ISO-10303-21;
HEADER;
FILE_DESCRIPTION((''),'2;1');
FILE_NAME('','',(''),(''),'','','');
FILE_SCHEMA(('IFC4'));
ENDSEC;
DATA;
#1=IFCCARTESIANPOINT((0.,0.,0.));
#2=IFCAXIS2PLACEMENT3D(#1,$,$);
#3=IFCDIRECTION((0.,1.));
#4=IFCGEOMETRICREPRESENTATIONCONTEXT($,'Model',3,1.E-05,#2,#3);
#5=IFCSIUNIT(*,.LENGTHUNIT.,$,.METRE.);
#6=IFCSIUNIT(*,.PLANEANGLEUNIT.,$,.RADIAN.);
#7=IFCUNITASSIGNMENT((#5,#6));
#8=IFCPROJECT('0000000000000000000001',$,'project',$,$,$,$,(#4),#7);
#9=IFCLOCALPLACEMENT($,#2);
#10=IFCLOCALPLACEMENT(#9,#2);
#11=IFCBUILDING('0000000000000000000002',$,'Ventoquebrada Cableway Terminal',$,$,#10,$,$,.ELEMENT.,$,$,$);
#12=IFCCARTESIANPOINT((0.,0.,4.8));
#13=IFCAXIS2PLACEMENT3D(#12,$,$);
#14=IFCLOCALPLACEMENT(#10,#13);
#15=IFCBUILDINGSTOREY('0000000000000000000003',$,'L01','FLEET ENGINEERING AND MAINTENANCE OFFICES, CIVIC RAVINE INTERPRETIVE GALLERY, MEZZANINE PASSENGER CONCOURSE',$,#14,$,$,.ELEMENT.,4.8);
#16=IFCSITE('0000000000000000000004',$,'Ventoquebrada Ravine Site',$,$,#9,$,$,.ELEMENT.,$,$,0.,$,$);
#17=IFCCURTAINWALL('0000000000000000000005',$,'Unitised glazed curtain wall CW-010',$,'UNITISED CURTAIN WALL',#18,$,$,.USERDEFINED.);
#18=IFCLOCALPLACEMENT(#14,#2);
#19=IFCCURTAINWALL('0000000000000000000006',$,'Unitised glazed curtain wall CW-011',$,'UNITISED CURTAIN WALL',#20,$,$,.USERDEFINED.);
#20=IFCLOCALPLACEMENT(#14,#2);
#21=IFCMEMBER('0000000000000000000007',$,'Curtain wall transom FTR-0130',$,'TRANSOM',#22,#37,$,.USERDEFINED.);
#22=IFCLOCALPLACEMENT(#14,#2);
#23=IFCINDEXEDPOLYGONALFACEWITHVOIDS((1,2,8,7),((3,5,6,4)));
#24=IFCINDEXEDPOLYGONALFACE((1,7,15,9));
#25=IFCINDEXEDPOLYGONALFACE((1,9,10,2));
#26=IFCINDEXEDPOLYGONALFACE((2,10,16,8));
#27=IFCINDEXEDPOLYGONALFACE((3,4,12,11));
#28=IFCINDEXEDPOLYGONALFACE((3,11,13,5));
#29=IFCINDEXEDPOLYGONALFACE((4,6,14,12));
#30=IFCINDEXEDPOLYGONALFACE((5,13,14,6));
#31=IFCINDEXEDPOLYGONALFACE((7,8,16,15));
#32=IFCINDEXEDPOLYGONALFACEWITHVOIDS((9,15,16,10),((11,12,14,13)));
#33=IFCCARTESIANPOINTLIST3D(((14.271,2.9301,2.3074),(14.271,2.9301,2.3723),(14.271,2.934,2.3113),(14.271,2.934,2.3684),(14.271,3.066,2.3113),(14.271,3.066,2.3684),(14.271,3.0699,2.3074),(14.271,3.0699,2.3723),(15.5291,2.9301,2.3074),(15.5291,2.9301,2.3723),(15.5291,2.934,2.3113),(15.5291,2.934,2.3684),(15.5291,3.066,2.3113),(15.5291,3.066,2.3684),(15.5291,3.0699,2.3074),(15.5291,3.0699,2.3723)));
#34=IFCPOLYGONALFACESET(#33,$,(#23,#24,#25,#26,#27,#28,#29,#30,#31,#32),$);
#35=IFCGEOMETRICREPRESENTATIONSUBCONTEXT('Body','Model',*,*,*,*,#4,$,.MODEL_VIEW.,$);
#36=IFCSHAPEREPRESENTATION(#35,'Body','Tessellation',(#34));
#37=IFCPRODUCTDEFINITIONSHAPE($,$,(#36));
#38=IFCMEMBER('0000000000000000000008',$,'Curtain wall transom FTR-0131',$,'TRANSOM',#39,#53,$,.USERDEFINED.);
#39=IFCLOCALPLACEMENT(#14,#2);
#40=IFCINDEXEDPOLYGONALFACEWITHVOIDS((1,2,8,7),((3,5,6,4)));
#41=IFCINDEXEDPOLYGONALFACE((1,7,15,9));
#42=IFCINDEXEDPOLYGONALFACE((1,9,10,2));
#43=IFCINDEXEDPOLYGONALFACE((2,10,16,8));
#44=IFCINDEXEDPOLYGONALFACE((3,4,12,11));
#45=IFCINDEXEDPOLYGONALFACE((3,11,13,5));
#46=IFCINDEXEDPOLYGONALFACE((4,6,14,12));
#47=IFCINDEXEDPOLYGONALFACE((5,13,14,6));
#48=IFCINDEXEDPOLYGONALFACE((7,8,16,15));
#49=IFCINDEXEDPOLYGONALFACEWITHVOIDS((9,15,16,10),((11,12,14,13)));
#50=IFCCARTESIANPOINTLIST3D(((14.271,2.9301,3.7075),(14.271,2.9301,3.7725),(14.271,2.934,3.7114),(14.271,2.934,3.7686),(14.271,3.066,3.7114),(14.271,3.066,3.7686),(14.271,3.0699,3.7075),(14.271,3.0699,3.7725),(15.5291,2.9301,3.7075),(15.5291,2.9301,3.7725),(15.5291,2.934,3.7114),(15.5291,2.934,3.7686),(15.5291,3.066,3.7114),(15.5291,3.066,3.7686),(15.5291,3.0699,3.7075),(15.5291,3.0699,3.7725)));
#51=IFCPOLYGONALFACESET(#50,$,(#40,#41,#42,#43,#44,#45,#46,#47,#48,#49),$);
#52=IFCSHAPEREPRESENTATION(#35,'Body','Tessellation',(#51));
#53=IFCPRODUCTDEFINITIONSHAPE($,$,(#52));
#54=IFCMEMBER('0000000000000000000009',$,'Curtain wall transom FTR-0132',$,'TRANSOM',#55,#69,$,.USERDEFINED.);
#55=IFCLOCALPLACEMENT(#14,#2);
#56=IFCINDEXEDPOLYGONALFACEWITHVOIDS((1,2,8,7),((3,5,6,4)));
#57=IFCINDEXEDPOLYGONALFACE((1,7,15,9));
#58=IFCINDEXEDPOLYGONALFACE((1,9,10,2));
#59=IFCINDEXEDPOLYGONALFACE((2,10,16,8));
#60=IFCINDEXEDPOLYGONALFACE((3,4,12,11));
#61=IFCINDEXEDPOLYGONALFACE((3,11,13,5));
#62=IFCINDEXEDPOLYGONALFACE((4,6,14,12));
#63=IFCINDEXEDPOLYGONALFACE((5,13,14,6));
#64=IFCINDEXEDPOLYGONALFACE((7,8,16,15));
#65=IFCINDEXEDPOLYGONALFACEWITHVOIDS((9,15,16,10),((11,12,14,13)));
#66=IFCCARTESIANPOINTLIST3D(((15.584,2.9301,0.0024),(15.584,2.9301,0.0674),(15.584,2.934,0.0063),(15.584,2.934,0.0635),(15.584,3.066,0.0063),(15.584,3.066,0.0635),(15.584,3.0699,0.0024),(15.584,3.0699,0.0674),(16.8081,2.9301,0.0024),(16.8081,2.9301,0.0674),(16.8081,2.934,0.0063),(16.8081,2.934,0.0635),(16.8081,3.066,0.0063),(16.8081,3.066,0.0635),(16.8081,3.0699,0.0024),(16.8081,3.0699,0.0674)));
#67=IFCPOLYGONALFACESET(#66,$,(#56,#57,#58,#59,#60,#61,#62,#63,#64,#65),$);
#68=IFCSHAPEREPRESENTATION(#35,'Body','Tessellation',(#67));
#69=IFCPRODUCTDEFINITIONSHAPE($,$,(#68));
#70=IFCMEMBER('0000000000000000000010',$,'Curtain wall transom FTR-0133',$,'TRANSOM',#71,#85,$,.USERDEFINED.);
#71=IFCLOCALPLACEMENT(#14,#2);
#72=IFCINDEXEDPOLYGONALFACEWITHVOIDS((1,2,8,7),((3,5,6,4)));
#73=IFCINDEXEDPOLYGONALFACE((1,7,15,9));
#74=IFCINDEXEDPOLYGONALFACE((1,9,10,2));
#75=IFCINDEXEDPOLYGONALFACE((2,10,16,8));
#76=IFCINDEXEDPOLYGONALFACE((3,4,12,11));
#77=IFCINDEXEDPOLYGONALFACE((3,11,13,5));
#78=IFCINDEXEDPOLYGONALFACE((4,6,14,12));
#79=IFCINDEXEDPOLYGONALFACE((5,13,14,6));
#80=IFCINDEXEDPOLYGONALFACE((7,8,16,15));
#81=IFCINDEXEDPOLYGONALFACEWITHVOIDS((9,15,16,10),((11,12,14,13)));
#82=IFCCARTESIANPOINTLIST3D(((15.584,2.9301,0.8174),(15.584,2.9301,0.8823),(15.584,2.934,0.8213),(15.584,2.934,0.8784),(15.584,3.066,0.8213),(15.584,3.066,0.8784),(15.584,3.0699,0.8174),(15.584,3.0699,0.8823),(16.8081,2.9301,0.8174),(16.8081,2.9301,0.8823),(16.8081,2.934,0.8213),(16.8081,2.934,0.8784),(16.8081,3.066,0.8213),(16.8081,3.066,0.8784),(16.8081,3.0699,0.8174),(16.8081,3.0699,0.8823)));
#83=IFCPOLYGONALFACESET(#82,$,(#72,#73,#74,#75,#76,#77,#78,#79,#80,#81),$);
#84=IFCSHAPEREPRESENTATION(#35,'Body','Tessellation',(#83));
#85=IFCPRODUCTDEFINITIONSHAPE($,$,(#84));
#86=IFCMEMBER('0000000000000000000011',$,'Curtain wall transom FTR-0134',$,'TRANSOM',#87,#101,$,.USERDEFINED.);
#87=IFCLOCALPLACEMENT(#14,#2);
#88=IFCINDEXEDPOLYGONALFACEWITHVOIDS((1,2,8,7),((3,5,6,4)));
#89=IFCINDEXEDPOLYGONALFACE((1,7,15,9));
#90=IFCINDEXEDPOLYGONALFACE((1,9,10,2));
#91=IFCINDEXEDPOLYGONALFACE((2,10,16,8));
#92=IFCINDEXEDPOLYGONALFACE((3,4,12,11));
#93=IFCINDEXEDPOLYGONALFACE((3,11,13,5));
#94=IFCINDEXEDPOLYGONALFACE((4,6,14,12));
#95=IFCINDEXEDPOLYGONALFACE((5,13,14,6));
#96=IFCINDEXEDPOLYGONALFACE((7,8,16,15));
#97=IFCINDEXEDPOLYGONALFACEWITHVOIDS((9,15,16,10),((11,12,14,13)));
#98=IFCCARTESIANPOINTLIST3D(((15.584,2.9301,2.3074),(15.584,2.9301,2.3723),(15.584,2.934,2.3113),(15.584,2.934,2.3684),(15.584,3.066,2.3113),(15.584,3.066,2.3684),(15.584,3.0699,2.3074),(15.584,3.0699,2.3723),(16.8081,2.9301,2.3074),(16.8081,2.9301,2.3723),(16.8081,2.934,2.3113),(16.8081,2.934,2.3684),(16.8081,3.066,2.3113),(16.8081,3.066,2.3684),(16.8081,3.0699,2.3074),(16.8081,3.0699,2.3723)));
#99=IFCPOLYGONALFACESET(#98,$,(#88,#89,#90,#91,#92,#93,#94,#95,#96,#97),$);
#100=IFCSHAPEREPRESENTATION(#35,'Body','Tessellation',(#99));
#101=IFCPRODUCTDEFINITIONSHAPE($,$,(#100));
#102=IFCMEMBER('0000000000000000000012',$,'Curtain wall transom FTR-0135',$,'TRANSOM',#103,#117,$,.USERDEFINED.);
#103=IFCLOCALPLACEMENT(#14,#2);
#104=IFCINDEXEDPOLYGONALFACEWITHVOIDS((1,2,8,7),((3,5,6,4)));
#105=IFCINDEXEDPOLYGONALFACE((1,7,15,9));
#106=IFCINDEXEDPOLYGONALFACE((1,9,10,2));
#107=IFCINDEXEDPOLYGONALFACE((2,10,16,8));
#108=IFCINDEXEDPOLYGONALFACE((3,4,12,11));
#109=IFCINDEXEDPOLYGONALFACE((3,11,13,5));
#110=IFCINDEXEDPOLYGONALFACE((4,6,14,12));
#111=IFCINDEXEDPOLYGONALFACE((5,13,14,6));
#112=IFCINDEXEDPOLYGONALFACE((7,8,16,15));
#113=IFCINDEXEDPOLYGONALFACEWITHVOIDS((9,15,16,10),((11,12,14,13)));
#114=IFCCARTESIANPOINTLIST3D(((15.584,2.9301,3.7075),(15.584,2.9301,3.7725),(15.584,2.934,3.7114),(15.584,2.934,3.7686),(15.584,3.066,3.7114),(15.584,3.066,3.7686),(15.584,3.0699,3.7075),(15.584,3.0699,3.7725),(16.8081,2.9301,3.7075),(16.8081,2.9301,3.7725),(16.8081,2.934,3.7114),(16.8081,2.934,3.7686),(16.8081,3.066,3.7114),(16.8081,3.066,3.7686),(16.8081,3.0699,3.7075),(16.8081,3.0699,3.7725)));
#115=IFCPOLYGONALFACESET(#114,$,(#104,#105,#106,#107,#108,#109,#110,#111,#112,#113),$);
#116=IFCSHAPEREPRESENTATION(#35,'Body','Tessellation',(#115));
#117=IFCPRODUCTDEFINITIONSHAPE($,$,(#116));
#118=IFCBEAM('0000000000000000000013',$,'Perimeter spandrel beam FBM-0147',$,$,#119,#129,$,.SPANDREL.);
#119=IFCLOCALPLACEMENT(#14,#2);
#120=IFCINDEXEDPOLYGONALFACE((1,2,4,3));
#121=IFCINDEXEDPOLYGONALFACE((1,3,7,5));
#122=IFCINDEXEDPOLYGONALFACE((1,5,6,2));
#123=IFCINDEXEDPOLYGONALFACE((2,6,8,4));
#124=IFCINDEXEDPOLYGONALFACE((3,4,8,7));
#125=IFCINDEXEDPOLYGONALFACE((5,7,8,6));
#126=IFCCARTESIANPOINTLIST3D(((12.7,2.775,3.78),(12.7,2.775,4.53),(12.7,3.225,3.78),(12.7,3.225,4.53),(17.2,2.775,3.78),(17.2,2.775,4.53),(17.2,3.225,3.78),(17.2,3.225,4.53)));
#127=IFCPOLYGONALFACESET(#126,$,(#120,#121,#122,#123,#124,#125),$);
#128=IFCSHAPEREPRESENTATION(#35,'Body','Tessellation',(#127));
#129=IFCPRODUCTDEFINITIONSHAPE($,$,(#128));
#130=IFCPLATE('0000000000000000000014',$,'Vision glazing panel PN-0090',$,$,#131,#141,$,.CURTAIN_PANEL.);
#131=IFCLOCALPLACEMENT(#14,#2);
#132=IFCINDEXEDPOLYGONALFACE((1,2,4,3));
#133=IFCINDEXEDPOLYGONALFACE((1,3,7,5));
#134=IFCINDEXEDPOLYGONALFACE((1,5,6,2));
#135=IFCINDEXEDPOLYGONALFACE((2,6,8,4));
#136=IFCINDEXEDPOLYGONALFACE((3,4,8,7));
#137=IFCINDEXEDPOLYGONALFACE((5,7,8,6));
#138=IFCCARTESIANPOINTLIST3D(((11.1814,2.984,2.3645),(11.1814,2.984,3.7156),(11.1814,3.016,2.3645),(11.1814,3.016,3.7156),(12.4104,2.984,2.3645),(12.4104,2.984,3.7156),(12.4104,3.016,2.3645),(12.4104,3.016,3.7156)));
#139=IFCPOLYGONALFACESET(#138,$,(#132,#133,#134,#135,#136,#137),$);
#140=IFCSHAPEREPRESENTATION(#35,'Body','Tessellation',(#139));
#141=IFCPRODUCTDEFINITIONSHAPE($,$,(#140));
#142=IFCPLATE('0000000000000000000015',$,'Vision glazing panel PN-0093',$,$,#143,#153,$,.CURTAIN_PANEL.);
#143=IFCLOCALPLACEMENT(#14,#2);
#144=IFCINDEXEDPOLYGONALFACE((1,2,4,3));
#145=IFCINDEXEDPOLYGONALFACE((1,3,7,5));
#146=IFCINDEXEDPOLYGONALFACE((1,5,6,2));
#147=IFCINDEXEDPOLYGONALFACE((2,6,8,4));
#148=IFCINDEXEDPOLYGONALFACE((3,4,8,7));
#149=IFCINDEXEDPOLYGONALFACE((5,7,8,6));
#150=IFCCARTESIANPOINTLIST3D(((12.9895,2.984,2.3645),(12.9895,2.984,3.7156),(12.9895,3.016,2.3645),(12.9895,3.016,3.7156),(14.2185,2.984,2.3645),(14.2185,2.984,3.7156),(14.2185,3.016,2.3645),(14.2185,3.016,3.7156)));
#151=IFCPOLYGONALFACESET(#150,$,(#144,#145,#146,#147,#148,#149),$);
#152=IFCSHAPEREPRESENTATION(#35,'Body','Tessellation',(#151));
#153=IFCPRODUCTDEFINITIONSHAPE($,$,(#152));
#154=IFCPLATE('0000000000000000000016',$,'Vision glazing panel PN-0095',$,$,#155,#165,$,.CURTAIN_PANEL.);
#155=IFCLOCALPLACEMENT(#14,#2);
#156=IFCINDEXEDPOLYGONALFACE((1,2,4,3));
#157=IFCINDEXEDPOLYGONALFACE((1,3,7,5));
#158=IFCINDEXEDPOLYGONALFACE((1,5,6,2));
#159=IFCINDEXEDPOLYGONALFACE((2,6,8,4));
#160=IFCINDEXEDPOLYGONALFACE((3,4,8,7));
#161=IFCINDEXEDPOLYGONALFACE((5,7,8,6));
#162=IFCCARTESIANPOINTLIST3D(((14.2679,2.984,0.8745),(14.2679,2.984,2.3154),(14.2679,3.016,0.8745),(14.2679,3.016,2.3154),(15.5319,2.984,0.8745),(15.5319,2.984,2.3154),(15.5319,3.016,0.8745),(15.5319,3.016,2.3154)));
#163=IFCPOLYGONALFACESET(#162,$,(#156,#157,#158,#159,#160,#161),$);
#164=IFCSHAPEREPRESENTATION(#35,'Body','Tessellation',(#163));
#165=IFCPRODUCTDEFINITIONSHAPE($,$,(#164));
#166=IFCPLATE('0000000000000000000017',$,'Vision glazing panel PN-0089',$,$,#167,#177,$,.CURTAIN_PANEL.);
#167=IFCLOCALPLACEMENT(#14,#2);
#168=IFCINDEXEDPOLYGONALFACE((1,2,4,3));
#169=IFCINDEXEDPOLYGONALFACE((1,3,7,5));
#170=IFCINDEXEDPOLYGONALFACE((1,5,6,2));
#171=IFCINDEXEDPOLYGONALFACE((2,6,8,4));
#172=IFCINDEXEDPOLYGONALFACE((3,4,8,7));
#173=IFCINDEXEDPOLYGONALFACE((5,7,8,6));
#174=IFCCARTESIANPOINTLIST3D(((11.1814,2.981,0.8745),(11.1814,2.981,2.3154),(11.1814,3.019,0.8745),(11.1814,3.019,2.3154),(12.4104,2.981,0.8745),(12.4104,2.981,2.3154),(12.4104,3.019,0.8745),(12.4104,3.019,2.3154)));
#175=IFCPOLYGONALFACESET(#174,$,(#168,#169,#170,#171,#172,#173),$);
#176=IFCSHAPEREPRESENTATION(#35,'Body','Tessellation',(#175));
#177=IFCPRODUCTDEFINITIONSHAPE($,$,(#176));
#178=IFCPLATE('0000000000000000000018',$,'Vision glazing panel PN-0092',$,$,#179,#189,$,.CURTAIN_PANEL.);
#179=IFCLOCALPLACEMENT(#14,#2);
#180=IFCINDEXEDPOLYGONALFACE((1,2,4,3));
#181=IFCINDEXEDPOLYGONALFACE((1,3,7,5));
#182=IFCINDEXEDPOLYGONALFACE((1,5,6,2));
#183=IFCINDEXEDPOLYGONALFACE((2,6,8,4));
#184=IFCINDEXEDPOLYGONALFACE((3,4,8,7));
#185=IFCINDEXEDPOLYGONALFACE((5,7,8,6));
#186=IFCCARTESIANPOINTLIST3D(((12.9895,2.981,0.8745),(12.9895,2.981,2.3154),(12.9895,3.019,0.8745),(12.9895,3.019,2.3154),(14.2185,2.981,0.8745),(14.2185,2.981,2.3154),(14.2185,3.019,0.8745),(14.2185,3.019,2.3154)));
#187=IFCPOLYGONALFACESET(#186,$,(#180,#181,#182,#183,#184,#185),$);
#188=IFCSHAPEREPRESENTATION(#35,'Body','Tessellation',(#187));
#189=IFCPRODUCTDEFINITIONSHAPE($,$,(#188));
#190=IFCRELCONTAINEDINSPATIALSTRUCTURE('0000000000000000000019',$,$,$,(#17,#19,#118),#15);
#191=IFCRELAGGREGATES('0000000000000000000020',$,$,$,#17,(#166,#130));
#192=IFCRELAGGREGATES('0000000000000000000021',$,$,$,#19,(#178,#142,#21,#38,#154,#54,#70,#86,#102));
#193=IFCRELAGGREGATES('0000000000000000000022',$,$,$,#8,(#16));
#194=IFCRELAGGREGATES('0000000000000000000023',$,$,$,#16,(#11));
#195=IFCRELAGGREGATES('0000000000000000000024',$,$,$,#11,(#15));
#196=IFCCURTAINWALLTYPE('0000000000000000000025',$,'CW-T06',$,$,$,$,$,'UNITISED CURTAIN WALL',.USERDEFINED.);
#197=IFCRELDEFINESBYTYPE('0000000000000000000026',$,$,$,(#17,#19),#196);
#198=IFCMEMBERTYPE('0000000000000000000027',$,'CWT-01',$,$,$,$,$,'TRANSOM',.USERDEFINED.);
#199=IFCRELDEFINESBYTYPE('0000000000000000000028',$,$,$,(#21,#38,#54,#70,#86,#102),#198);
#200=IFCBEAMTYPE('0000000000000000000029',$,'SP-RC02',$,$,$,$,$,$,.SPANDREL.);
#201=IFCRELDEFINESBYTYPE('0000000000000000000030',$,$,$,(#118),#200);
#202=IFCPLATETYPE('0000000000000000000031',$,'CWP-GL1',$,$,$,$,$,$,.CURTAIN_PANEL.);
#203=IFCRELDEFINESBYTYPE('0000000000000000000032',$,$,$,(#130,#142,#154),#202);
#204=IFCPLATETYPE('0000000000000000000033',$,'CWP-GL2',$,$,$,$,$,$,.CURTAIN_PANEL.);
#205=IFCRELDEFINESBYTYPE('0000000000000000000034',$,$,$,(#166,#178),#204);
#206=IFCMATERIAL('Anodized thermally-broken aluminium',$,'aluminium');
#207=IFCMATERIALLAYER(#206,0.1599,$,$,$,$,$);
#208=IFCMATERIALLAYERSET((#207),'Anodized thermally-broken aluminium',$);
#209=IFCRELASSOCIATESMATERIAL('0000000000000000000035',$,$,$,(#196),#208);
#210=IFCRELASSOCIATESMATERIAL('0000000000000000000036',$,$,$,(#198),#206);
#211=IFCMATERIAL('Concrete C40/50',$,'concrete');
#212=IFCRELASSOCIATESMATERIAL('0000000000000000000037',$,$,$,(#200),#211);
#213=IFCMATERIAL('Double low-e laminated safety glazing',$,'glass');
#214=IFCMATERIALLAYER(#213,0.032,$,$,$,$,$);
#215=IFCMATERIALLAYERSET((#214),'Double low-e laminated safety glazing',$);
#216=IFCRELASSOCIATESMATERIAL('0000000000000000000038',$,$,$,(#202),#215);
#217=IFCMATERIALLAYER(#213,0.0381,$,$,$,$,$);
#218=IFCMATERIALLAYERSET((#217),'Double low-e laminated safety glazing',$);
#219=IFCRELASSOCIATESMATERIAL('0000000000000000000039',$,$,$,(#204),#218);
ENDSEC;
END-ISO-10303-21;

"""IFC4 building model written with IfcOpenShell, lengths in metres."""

from ifc_helpers import new_model, si_unit, direction, frame, origin, origin_2d, place, context, subcontext, project, spatial, rectangle, hollow_rectangle, extrude, material, layer, layer_set, material_profile, profile_set, type_object, element, aggregate, save


model = new_model("IFC4")

# Units and contexts
model_context = context("Model", 3, precision=1e-05, world=origin(), true_north=direction((0.0, 1.0)))
body_context = subcontext(model_context, "Body", "Model", "MODEL_VIEW")
ifc_project = project(units=[si_unit("LENGTHUNIT", "METRE"), si_unit("PLANEANGLEUNIT", "RADIAN")], contexts=[model_context])

# Site, building, storey
site_placement = place(None, origin())
site = spatial("IfcSite", under=ifc_project, at=site_placement, Name="Ventoquebrada Ravine Site", CompositionType="ELEMENT", RefElevation=0.0)
building_placement = place(site_placement, origin())
building = spatial("IfcBuilding", under=site, at=building_placement, Name="Ventoquebrada Cableway Terminal", CompositionType="ELEMENT")
storey_placement = place(building_placement, frame((0.0, 0.0, 4.8)))
storey = spatial("IfcBuildingStorey", under=building, at=storey_placement, Name="L01", Description="FLEET ENGINEERING AND MAINTENANCE OFFICES, CIVIC RAVINE INTERPRETIVE GALLERY, MEZZANINE PASSENGER CONCOURSE", CompositionType="ELEMENT", Elevation=4.8)

# Shared definitions
ifc_material_1 = material(Name="Concrete C40/50", Category="concrete")

# Curtain wall
ifc_material_2 = material(Name="Anodized thermally-broken aluminium", Category="aluminium")
ifc_layer_1 = layer(ifc_material_2, 0.1599)
ifc_layer_set_1 = layer_set([ifc_layer_1], Name="Anodized thermally-broken aluminium")
curtain_wall_type = type_object("IfcCurtainWallType", Name="CW-T06", ElementType="UNITISED CURTAIN WALL", PredefinedType="USERDEFINED", material=ifc_layer_set_1)
curtain_wall_1_placement = place(storey_placement, origin())
curtain_wall_1 = element("IfcCurtainWall", 1, at=curtain_wall_1_placement, inside=storey, type_object=curtain_wall_type, Name="Unitised glazed curtain wall CW-010", ObjectType="UNITISED CURTAIN WALL", PredefinedType="USERDEFINED")

# Curtain wall, members
curtain_wall_2_placement = place(storey_placement, origin())
curtain_wall_2 = element("IfcCurtainWall", 2, at=curtain_wall_2_placement, inside=storey, type_object=curtain_wall_type, Name="Unitised glazed curtain wall CW-011", ObjectType="UNITISED CURTAIN WALL", PredefinedType="USERDEFINED")
ifc_material_profile_1 = material_profile(ifc_material_2, hollow_rectangle(XDim=0.0649, YDim=0.1399, WallThickness=0.0039, at=origin_2d()), Name="CW-TRN-65X140")
ifc_profile_set_1 = profile_set([ifc_material_profile_1], Name="Anodized thermally-broken aluminium")
member_type_1 = type_object("IfcMemberType", Name="CWT-01", ElementType="TRANSOM", PredefinedType="USERDEFINED", material=ifc_profile_set_1)
member_1_placement = place(storey_placement, frame((14.271, 3.0, 2.3398), z_axis=(1.0, 0.0, 0.0), x_axis=(0.0, 0.0, 1.0)))
member_1 = element("IfcMember", 3, at=member_1_placement, type_object=member_type_1, Name="Curtain wall transom FTR-0130", ObjectType="TRANSOM", PredefinedType="USERDEFINED", context=body_context, shape_type="SweptSolid", body=[
    extrude(hollow_rectangle(XDim=0.0649, YDim=0.1399, WallThickness=0.0039, at=origin_2d()), origin(), (0.0, 0.0, 1.0), 1.2581),
])
member_2_placement = place(storey_placement, frame((14.271, 3.0, 3.74), z_axis=(1.0, 0.0, 0.0), x_axis=(0.0, 0.0, 1.0)))
member_2 = element("IfcMember", 4, at=member_2_placement, type_object=member_type_1, Name="Curtain wall transom FTR-0131", ObjectType="TRANSOM", PredefinedType="USERDEFINED", context=body_context, shape_type="SweptSolid", body=[
    extrude(hollow_rectangle(XDim=0.0649, YDim=0.1399, WallThickness=0.0039, at=origin_2d()), origin(), (0.0, 0.0, 1.0), 1.2581),
])
member_3_placement = place(storey_placement, frame((15.584, 3.0, 0.0349), z_axis=(1.0, 0.0, 0.0), x_axis=(0.0, 0.0, 1.0)))
member_3 = element("IfcMember", 5, at=member_3_placement, type_object=member_type_1, Name="Curtain wall transom FTR-0132", ObjectType="TRANSOM", PredefinedType="USERDEFINED", context=body_context, shape_type="SweptSolid", body=[
    extrude(hollow_rectangle(XDim=0.0649, YDim=0.1399, WallThickness=0.0039, at=origin_2d()), origin(), (0.0, 0.0, 1.0), 1.2241),
])
member_4_placement = place(storey_placement, frame((15.584, 3.0, 0.8499), z_axis=(1.0, 0.0, 0.0), x_axis=(0.0, 0.0, 1.0)))
member_4 = element("IfcMember", 6, at=member_4_placement, type_object=member_type_1, Name="Curtain wall transom FTR-0133", ObjectType="TRANSOM", PredefinedType="USERDEFINED", context=body_context, shape_type="SweptSolid", body=[
    extrude(hollow_rectangle(XDim=0.0649, YDim=0.1399, WallThickness=0.0039, at=origin_2d()), origin(), (0.0, 0.0, 1.0), 1.2241),
])
member_5_placement = place(storey_placement, frame((15.584, 3.0, 2.3398), z_axis=(1.0, 0.0, 0.0), x_axis=(0.0, 0.0, 1.0)))
member_5 = element("IfcMember", 7, at=member_5_placement, type_object=member_type_1, Name="Curtain wall transom FTR-0134", ObjectType="TRANSOM", PredefinedType="USERDEFINED", context=body_context, shape_type="SweptSolid", body=[
    extrude(hollow_rectangle(XDim=0.0649, YDim=0.1399, WallThickness=0.0039, at=origin_2d()), origin(), (0.0, 0.0, 1.0), 1.2241),
])
member_6_placement = place(storey_placement, frame((15.584, 3.0, 3.74), z_axis=(1.0, 0.0, 0.0), x_axis=(0.0, 0.0, 1.0)))
member_6 = element("IfcMember", 8, at=member_6_placement, type_object=member_type_1, Name="Curtain wall transom FTR-0135", ObjectType="TRANSOM", PredefinedType="USERDEFINED", context=body_context, shape_type="SweptSolid", body=[
    extrude(hollow_rectangle(XDim=0.0649, YDim=0.1399, WallThickness=0.0039, at=origin_2d()), origin(), (0.0, 0.0, 1.0), 1.2241),
])

# Beam
ifc_material_profile_2 = material_profile(ifc_material_1, rectangle(XDim=0.45, YDim=0.75, at=origin_2d()), Name="RC-BM-450X750")
ifc_profile_set_2 = profile_set([ifc_material_profile_2], Name="Concrete C40/50")
beam_type = type_object("IfcBeamType", Name="SP-RC02", PredefinedType="SPANDREL", material=ifc_profile_set_2)
beam_placement = place(storey_placement, frame((12.7, 3.0, 4.155), z_axis=(1.0, 0.0, 0.0), x_axis=(0.0, 1.0, 0.0)))
element("IfcBeam", 9, at=beam_placement, inside=storey, type_object=beam_type, Name="Perimeter spandrel beam FBM-0147", PredefinedType="SPANDREL", context=body_context, shape_type="SweptSolid", body=[
    extrude(rectangle(XDim=0.45, YDim=0.75, at=origin_2d()), origin(), (0.0, 0.0, 1.0), 4.5),
])

# Plates
ifc_material_3 = material(Name="Double low-e laminated safety glazing", Category="glass")
ifc_layer_2 = layer(ifc_material_3, 0.032)
ifc_layer_set_2 = layer_set([ifc_layer_2], Name="Double low-e laminated safety glazing")
plate_type_1 = type_object("IfcPlateType", Name="CWP-GL1", PredefinedType="CURTAIN_PANEL", material=ifc_layer_set_2)
plate_1_placement = place(storey_placement, frame((11.7959, 3.0, 2.3645), z_axis=(0.0, 0.0, 1.0), x_axis=(1.0, 0.0, 0.0)))
plate_1 = element("IfcPlate", 10, at=plate_1_placement, type_object=plate_type_1, Name="Vision glazing panel PN-0090", PredefinedType="CURTAIN_PANEL", context=body_context, shape_type="SweptSolid", body=[
    extrude(rectangle(XDim=1.229, YDim=0.032, at=origin_2d()), origin(), (0.0, 0.0, 1.0), 1.3511),
])
plate_2_placement = place(storey_placement, frame((13.604, 3.0, 2.3645), z_axis=(0.0, 0.0, 1.0), x_axis=(1.0, 0.0, 0.0)))
plate_2 = element("IfcPlate", 11, at=plate_2_placement, type_object=plate_type_1, Name="Vision glazing panel PN-0093", PredefinedType="CURTAIN_PANEL", context=body_context, shape_type="SweptSolid", body=[
    extrude(rectangle(XDim=1.229, YDim=0.032, at=origin_2d()), origin(), (0.0, 0.0, 1.0), 1.3511),
])
plate_3_placement = place(storey_placement, frame((14.8999, 3.0, 0.8745), z_axis=(0.0, 0.0, 1.0), x_axis=(1.0, 0.0, 0.0)))
plate_3 = element("IfcPlate", 12, at=plate_3_placement, type_object=plate_type_1, Name="Vision glazing panel PN-0095", PredefinedType="CURTAIN_PANEL", context=body_context, shape_type="SweptSolid", body=[
    extrude(rectangle(XDim=1.2639, YDim=0.032, at=origin_2d()), origin(), (0.0, 0.0, 1.0), 1.4409),
])
ifc_layer_3 = layer(ifc_material_3, 0.0381)
ifc_layer_set_3 = layer_set([ifc_layer_3], Name="Double low-e laminated safety glazing")
plate_type_2 = type_object("IfcPlateType", Name="CWP-GL2", PredefinedType="CURTAIN_PANEL", material=ifc_layer_set_3)
plate_4_placement = place(storey_placement, frame((11.7959, 3.0, 0.8745), z_axis=(0.0, 0.0, 1.0), x_axis=(1.0, 0.0, 0.0)))
plate_4 = element("IfcPlate", 13, at=plate_4_placement, type_object=plate_type_2, Name="Vision glazing panel PN-0089", PredefinedType="CURTAIN_PANEL", context=body_context, shape_type="SweptSolid", body=[
    extrude(rectangle(XDim=1.229, YDim=0.0381, at=origin_2d()), origin(), (0.0, 0.0, 1.0), 1.4409),
])
plate_5_placement = place(storey_placement, frame((13.604, 3.0, 0.8745), z_axis=(0.0, 0.0, 1.0), x_axis=(1.0, 0.0, 0.0)))
plate_5 = element("IfcPlate", 14, at=plate_5_placement, type_object=plate_type_2, Name="Vision glazing panel PN-0092", PredefinedType="CURTAIN_PANEL", context=body_context, shape_type="SweptSolid", body=[
    extrude(rectangle(XDim=1.229, YDim=0.0381, at=origin_2d()), origin(), (0.0, 0.0, 1.0), 1.4409),
])
aggregate(curtain_wall_1, [plate_4, plate_1])
aggregate(curtain_wall_2, [plate_5, plate_2, member_1, member_2, plate_3, member_3, member_4, member_5, member_6])

save(model, "model.ifc")
